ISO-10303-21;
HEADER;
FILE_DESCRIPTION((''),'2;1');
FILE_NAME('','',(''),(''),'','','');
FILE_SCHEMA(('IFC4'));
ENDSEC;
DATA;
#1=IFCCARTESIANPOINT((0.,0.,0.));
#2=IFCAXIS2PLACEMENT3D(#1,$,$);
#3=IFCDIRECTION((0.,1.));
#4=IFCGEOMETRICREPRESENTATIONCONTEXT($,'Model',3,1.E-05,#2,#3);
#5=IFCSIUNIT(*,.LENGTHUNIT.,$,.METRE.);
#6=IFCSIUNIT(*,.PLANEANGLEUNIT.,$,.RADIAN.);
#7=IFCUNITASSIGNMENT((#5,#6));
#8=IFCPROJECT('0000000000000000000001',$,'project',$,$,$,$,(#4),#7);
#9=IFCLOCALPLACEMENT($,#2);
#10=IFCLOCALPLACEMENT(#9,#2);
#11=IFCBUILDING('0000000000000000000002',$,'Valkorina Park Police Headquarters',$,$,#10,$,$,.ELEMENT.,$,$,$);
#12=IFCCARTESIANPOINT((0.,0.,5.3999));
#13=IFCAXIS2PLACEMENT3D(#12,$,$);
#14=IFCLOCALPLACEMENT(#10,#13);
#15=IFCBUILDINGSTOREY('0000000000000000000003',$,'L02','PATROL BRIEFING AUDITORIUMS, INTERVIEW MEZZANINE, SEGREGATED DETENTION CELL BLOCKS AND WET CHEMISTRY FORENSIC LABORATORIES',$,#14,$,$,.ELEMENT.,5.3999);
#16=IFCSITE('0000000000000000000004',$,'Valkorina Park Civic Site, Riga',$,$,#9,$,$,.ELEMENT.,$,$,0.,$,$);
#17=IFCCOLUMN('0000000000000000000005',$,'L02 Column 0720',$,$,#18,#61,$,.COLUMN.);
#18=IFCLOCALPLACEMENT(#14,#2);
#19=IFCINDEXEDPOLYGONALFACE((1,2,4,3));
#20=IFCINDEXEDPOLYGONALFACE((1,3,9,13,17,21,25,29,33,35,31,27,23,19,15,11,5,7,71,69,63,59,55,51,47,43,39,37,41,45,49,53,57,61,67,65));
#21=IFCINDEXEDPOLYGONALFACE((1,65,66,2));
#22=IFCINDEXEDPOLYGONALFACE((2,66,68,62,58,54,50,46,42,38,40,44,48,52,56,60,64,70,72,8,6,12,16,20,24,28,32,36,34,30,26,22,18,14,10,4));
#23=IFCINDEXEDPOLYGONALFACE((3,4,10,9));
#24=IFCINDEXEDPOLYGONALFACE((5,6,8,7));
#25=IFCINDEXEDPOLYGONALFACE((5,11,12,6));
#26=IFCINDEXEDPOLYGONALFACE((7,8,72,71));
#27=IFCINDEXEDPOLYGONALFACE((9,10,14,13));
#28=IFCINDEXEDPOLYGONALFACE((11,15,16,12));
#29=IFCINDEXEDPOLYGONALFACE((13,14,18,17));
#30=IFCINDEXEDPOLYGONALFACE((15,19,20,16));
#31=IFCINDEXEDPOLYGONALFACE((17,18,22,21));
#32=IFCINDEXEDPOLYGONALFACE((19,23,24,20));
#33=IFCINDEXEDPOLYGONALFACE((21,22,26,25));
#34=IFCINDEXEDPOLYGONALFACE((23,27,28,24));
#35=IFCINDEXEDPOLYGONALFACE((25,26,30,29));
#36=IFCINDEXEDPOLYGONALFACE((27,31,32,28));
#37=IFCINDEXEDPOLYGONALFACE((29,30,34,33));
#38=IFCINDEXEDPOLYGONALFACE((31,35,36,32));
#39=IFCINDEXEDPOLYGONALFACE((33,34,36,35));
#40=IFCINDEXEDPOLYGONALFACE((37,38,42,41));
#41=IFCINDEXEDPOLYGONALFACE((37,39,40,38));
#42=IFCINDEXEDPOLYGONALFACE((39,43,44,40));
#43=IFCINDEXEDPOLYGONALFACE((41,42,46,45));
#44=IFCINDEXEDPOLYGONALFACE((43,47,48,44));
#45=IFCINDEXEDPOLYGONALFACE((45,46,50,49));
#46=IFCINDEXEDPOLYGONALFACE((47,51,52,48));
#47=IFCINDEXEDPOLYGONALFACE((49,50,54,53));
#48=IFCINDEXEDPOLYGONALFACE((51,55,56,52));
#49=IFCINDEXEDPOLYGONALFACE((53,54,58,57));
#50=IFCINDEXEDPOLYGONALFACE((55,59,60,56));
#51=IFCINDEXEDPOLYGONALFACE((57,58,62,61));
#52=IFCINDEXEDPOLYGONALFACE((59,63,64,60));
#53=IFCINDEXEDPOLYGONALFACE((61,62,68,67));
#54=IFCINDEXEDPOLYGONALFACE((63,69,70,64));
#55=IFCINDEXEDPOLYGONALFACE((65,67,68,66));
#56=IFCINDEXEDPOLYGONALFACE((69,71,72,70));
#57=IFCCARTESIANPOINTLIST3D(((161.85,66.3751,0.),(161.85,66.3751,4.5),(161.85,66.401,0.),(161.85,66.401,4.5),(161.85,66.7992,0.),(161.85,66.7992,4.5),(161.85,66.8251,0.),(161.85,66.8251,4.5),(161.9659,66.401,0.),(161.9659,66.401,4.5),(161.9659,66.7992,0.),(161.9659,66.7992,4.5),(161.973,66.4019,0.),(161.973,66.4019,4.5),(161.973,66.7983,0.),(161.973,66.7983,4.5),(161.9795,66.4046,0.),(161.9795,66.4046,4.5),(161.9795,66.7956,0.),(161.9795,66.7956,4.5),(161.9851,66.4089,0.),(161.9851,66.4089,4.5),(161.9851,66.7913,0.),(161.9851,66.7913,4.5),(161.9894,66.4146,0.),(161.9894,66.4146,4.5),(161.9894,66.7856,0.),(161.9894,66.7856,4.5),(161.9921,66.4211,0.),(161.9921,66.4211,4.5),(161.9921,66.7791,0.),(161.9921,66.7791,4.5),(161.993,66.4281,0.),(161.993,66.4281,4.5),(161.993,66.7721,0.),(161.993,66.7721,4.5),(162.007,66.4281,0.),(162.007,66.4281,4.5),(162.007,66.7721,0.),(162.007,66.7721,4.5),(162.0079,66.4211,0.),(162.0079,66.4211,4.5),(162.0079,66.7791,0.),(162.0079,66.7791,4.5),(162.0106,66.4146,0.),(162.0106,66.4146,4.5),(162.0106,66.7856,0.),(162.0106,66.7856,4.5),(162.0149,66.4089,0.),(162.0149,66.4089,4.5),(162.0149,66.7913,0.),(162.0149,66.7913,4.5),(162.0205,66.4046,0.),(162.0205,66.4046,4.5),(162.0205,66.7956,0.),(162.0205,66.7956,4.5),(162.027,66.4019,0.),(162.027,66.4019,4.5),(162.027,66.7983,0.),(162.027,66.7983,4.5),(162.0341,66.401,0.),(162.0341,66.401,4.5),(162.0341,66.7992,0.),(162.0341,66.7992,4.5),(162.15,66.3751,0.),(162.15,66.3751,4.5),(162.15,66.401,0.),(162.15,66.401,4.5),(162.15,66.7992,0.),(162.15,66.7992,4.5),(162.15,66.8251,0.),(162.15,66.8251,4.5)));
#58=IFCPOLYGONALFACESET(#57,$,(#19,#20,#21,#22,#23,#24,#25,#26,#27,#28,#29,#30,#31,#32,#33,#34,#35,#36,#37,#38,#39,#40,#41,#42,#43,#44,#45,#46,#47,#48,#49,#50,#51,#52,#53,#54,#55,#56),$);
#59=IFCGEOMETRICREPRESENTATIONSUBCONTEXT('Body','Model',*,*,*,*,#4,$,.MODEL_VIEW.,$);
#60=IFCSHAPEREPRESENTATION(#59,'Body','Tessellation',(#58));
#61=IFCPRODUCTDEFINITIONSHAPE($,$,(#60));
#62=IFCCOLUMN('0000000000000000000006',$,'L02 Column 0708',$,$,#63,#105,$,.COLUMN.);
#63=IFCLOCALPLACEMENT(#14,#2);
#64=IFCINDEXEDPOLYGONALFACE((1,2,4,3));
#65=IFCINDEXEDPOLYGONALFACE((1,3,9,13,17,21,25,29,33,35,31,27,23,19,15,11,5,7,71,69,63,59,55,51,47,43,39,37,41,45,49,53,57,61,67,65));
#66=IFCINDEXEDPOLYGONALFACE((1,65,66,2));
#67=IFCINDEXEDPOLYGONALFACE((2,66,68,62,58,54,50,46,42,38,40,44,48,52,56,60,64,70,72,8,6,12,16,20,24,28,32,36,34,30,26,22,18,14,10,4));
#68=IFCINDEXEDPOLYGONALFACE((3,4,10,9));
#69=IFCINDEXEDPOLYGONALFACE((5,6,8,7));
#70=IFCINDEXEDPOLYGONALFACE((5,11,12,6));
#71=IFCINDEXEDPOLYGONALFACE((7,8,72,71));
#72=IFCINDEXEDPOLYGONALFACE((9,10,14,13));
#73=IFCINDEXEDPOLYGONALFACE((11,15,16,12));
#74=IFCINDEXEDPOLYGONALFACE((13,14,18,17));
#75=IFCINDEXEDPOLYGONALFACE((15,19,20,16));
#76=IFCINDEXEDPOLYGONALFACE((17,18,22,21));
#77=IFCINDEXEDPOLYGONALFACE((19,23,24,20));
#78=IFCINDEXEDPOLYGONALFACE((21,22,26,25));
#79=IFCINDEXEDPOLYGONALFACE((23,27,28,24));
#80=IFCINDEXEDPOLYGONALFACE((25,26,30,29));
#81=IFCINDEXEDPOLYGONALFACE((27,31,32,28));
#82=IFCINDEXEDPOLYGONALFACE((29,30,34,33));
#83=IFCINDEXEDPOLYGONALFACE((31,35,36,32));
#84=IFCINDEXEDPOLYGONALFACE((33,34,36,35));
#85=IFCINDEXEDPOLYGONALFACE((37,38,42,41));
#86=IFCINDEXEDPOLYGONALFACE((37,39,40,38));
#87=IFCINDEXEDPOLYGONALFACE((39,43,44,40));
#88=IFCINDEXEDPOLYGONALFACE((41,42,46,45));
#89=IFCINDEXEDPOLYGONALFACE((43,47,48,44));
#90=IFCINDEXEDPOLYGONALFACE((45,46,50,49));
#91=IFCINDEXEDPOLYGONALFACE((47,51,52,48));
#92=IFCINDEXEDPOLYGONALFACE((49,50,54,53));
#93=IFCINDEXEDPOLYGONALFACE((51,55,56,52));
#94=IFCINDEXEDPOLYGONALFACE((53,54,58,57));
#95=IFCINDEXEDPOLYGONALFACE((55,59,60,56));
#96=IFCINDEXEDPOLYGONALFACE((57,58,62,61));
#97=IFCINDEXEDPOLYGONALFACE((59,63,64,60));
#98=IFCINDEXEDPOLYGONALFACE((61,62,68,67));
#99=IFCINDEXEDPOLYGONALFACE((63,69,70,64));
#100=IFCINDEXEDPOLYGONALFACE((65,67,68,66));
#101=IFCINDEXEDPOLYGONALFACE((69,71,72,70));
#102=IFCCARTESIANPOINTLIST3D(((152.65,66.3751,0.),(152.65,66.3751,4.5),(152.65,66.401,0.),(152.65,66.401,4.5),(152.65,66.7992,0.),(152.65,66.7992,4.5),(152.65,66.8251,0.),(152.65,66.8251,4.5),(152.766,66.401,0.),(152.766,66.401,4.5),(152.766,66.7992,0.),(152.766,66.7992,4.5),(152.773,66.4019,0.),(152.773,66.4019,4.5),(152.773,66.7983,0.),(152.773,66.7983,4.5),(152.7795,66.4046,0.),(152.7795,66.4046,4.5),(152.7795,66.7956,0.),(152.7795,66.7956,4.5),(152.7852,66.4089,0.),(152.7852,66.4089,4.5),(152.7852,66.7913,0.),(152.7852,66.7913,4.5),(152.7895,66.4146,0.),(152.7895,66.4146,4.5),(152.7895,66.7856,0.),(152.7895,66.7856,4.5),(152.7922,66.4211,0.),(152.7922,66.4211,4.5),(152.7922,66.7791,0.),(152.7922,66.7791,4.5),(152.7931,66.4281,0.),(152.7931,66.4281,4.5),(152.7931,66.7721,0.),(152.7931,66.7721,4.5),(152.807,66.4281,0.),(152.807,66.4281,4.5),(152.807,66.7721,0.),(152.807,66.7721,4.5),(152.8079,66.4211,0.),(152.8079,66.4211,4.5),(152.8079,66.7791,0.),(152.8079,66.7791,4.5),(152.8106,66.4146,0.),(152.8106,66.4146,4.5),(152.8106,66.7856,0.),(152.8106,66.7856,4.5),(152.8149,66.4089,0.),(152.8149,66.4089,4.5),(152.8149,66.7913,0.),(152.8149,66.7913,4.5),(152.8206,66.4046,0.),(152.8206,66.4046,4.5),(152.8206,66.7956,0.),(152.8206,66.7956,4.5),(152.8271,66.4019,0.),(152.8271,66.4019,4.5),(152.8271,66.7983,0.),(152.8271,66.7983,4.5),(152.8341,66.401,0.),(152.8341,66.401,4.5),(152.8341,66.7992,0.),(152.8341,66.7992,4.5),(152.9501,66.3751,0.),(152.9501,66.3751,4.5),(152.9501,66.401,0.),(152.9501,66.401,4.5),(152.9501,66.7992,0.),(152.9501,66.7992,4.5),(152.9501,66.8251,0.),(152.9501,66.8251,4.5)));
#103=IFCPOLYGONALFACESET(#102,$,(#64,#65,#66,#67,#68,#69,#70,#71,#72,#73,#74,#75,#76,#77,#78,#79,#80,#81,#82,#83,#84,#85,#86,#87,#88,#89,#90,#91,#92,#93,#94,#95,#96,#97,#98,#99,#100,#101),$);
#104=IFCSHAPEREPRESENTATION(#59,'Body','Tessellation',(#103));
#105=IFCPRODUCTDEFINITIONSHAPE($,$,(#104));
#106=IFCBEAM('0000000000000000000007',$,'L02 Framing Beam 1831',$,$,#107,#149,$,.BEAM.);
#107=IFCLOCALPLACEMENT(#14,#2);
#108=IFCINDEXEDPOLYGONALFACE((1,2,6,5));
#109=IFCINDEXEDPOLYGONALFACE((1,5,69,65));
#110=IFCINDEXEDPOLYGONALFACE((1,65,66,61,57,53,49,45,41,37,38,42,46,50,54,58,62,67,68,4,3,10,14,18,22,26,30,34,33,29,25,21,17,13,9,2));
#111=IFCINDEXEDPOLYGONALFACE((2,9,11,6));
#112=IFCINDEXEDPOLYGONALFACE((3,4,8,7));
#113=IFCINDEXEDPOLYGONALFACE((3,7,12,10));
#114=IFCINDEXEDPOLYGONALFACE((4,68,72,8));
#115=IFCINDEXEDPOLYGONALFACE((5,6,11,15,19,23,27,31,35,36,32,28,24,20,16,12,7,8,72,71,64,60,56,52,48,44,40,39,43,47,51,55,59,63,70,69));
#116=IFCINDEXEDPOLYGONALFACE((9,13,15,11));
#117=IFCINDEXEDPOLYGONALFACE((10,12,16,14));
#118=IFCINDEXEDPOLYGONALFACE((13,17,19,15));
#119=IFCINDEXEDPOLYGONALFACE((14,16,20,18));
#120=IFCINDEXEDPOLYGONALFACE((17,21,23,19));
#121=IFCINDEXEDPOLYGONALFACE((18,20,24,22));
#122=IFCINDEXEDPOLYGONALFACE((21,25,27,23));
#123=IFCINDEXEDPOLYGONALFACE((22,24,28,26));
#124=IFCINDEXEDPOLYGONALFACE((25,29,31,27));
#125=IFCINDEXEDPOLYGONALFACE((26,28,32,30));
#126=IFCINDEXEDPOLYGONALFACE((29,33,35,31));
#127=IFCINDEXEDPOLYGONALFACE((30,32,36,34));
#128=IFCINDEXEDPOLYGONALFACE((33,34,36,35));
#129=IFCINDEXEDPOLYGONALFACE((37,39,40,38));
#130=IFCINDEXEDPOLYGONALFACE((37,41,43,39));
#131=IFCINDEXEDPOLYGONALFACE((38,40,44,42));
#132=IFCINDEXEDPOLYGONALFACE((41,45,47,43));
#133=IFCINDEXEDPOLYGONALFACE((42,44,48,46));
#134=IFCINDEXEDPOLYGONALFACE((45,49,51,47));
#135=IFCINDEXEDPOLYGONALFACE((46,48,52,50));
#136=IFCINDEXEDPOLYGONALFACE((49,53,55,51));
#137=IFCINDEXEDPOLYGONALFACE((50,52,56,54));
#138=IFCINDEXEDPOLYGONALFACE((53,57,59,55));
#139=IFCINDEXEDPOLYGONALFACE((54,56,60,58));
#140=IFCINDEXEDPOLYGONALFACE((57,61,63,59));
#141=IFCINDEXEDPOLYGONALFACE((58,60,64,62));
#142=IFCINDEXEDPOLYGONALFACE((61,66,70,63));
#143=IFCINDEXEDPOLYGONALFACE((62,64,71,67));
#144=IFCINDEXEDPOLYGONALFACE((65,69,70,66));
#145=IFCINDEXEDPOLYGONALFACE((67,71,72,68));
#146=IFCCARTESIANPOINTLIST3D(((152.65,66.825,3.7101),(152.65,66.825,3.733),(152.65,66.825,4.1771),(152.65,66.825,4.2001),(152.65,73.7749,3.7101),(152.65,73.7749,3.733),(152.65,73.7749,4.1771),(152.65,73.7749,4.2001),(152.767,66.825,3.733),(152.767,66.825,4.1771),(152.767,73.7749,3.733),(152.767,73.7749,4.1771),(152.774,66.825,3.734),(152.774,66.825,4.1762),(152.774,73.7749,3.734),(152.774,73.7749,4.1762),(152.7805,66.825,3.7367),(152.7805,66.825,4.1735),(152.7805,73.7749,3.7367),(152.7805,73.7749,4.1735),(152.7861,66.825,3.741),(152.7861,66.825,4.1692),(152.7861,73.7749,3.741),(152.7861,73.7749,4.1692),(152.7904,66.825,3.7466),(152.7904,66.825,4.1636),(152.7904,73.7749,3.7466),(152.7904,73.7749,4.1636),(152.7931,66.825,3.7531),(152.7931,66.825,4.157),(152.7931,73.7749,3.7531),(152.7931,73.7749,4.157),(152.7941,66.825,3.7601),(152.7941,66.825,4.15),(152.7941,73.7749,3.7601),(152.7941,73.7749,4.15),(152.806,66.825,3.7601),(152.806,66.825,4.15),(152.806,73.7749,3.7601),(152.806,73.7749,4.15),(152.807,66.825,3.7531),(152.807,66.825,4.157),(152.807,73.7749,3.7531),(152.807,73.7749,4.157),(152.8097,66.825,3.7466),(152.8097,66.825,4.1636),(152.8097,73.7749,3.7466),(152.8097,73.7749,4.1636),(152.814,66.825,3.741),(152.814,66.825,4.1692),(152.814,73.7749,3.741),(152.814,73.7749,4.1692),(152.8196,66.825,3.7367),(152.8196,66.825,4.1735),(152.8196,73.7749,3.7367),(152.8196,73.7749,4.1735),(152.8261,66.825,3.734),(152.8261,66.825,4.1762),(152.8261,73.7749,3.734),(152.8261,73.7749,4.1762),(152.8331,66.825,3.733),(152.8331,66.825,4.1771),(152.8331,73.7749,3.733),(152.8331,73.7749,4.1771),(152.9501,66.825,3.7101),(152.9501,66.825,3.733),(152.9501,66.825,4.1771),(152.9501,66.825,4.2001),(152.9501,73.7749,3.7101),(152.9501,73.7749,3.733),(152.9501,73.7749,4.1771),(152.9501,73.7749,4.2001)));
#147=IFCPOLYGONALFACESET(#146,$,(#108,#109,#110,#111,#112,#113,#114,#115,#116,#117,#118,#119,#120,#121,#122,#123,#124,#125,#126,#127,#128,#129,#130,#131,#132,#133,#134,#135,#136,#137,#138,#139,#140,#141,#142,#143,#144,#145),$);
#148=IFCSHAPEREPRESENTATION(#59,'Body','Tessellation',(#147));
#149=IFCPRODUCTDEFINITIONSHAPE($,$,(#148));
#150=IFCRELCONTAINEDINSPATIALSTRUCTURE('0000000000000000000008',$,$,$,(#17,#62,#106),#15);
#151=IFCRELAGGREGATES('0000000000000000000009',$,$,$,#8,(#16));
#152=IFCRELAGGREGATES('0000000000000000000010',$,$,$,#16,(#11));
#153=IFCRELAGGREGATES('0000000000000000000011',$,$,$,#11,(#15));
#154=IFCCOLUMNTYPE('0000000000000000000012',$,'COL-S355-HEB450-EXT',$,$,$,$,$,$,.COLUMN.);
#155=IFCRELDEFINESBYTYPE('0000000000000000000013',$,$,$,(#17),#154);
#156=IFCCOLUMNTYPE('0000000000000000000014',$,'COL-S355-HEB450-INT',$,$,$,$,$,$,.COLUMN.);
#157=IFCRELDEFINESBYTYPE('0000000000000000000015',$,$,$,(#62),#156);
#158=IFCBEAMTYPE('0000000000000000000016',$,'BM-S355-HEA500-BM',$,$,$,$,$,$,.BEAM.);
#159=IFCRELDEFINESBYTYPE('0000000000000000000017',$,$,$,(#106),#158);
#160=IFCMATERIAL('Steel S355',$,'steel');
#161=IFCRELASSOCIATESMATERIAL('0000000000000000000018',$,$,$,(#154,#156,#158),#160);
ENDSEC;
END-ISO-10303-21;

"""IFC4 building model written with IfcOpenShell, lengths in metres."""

from ifc_helpers import new_model, si_unit, direction, frame, origin, origin_2d, place, context, subcontext, project, spatial, i_section, extrude, material, material_profile, profile_set, type_object, element, save


model = new_model("IFC4")

# Units and contexts
model_context = context("Model", 3, precision=1e-05, world=origin(), true_north=direction((0.0, 1.0)))
body_context = subcontext(model_context, "Body", "Model", "MODEL_VIEW")
ifc_project = project(units=[si_unit("LENGTHUNIT", "METRE"), si_unit("PLANEANGLEUNIT", "RADIAN")], contexts=[model_context])

# Site, building, storey
site_placement = place(None, origin())
site = spatial("IfcSite", under=ifc_project, at=site_placement, Name="Valkorina Park Civic Site, Riga", CompositionType="ELEMENT", RefElevation=0.0)
building_placement = place(site_placement, origin())
building = spatial("IfcBuilding", under=site, at=building_placement, Name="Valkorina Park Police Headquarters", CompositionType="ELEMENT")
storey_placement = place(building_placement, frame((0.0, 0.0, 5.3999)))
storey = spatial("IfcBuildingStorey", under=building, at=storey_placement, Name="L02", Description="PATROL BRIEFING AUDITORIUMS, INTERVIEW MEZZANINE, SEGREGATED DETENTION CELL BLOCKS AND WET CHEMISTRY FORENSIC LABORATORIES", CompositionType="ELEMENT", Elevation=5.3999)

# Columns
ifc_material_1 = material(Name="Steel S355", Category="steel")
ifc_material_profile_1 = material_profile(ifc_material_1, i_section(OverallWidth=0.3, OverallDepth=0.45, WebThickness=0.0139, FlangeThickness=0.0259, FilletRadius=0.0271, at=origin_2d()), Name="HEB 450")
ifc_profile_set_1 = profile_set([ifc_material_profile_1], Name="Steel S355")
column_type_1 = type_object("IfcColumnType", Name="COL-S355-HEB450-EXT", PredefinedType="COLUMN", material=ifc_profile_set_1)
column_1_placement = place(storey_placement, frame((162.0, 66.6001, 0.0), z_axis=(0.0, 0.0, 1.0), x_axis=(1.0, 0.0, 0.0)))
element("IfcColumn", 1, at=column_1_placement, inside=storey, type_object=column_type_1, Name="L02 Column 0720", PredefinedType="COLUMN", context=body_context, shape_type="SweptSolid", body=[
    extrude(i_section(OverallWidth=0.3, OverallDepth=0.45, WebThickness=0.0139, FlangeThickness=0.0259, FilletRadius=0.0271, at=origin_2d()), origin(), (0.0, 0.0, 1.0), 4.5),
])
ifc_material_profile_2 = material_profile(ifc_material_1, i_section(OverallWidth=0.3, OverallDepth=0.45, WebThickness=0.0139, FlangeThickness=0.0259, FilletRadius=0.0271, at=origin_2d()), Name="HEB 450")
ifc_profile_set_2 = profile_set([ifc_material_profile_2], Name="Steel S355")
column_type_2 = type_object("IfcColumnType", Name="COL-S355-HEB450-INT", PredefinedType="COLUMN", material=ifc_profile_set_2)
column_2_placement = place(storey_placement, frame((152.8, 66.6001, 0.0), z_axis=(0.0, 0.0, 1.0), x_axis=(1.0, 0.0, 0.0)))
element("IfcColumn", 2, at=column_2_placement, inside=storey, type_object=column_type_2, Name="L02 Column 0708", PredefinedType="COLUMN", context=body_context, shape_type="SweptSolid", body=[
    extrude(i_section(OverallWidth=0.3, OverallDepth=0.45, WebThickness=0.0139, FlangeThickness=0.0259, FilletRadius=0.0271, at=origin_2d()), origin(), (0.0, 0.0, 1.0), 4.5),
])

# Beam
ifc_material_profile_3 = material_profile(ifc_material_1, i_section(OverallWidth=0.3, OverallDepth=0.49, WebThickness=0.012, FlangeThickness=0.0229, FilletRadius=0.0271, at=origin_2d()), Name="HEA 500")
ifc_profile_set_3 = profile_set([ifc_material_profile_3], Name="Steel S355")
beam_type_1 = type_object("IfcBeamType", Name="BM-S355-HEA500-BM", PredefinedType="BEAM", material=ifc_profile_set_3)
beam_1_placement = place(storey_placement, frame((152.8, 66.825, 3.9551), z_axis=(0.0, 1.0, 0.0), x_axis=(-1.0, 0.0, 0.0)))
element("IfcBeam", 3, at=beam_1_placement, inside=storey, type_object=beam_type_1, Name="L02 Framing Beam 1831", PredefinedType="BEAM", context=body_context, shape_type="SweptSolid", body=[
    extrude(i_section(OverallWidth=0.3, OverallDepth=0.49, WebThickness=0.012, FlangeThickness=0.0229, FilletRadius=0.0271, at=origin_2d()), origin(), (0.0, 0.0, 1.0), 6.95),
])

save(model, "model.ifc")
